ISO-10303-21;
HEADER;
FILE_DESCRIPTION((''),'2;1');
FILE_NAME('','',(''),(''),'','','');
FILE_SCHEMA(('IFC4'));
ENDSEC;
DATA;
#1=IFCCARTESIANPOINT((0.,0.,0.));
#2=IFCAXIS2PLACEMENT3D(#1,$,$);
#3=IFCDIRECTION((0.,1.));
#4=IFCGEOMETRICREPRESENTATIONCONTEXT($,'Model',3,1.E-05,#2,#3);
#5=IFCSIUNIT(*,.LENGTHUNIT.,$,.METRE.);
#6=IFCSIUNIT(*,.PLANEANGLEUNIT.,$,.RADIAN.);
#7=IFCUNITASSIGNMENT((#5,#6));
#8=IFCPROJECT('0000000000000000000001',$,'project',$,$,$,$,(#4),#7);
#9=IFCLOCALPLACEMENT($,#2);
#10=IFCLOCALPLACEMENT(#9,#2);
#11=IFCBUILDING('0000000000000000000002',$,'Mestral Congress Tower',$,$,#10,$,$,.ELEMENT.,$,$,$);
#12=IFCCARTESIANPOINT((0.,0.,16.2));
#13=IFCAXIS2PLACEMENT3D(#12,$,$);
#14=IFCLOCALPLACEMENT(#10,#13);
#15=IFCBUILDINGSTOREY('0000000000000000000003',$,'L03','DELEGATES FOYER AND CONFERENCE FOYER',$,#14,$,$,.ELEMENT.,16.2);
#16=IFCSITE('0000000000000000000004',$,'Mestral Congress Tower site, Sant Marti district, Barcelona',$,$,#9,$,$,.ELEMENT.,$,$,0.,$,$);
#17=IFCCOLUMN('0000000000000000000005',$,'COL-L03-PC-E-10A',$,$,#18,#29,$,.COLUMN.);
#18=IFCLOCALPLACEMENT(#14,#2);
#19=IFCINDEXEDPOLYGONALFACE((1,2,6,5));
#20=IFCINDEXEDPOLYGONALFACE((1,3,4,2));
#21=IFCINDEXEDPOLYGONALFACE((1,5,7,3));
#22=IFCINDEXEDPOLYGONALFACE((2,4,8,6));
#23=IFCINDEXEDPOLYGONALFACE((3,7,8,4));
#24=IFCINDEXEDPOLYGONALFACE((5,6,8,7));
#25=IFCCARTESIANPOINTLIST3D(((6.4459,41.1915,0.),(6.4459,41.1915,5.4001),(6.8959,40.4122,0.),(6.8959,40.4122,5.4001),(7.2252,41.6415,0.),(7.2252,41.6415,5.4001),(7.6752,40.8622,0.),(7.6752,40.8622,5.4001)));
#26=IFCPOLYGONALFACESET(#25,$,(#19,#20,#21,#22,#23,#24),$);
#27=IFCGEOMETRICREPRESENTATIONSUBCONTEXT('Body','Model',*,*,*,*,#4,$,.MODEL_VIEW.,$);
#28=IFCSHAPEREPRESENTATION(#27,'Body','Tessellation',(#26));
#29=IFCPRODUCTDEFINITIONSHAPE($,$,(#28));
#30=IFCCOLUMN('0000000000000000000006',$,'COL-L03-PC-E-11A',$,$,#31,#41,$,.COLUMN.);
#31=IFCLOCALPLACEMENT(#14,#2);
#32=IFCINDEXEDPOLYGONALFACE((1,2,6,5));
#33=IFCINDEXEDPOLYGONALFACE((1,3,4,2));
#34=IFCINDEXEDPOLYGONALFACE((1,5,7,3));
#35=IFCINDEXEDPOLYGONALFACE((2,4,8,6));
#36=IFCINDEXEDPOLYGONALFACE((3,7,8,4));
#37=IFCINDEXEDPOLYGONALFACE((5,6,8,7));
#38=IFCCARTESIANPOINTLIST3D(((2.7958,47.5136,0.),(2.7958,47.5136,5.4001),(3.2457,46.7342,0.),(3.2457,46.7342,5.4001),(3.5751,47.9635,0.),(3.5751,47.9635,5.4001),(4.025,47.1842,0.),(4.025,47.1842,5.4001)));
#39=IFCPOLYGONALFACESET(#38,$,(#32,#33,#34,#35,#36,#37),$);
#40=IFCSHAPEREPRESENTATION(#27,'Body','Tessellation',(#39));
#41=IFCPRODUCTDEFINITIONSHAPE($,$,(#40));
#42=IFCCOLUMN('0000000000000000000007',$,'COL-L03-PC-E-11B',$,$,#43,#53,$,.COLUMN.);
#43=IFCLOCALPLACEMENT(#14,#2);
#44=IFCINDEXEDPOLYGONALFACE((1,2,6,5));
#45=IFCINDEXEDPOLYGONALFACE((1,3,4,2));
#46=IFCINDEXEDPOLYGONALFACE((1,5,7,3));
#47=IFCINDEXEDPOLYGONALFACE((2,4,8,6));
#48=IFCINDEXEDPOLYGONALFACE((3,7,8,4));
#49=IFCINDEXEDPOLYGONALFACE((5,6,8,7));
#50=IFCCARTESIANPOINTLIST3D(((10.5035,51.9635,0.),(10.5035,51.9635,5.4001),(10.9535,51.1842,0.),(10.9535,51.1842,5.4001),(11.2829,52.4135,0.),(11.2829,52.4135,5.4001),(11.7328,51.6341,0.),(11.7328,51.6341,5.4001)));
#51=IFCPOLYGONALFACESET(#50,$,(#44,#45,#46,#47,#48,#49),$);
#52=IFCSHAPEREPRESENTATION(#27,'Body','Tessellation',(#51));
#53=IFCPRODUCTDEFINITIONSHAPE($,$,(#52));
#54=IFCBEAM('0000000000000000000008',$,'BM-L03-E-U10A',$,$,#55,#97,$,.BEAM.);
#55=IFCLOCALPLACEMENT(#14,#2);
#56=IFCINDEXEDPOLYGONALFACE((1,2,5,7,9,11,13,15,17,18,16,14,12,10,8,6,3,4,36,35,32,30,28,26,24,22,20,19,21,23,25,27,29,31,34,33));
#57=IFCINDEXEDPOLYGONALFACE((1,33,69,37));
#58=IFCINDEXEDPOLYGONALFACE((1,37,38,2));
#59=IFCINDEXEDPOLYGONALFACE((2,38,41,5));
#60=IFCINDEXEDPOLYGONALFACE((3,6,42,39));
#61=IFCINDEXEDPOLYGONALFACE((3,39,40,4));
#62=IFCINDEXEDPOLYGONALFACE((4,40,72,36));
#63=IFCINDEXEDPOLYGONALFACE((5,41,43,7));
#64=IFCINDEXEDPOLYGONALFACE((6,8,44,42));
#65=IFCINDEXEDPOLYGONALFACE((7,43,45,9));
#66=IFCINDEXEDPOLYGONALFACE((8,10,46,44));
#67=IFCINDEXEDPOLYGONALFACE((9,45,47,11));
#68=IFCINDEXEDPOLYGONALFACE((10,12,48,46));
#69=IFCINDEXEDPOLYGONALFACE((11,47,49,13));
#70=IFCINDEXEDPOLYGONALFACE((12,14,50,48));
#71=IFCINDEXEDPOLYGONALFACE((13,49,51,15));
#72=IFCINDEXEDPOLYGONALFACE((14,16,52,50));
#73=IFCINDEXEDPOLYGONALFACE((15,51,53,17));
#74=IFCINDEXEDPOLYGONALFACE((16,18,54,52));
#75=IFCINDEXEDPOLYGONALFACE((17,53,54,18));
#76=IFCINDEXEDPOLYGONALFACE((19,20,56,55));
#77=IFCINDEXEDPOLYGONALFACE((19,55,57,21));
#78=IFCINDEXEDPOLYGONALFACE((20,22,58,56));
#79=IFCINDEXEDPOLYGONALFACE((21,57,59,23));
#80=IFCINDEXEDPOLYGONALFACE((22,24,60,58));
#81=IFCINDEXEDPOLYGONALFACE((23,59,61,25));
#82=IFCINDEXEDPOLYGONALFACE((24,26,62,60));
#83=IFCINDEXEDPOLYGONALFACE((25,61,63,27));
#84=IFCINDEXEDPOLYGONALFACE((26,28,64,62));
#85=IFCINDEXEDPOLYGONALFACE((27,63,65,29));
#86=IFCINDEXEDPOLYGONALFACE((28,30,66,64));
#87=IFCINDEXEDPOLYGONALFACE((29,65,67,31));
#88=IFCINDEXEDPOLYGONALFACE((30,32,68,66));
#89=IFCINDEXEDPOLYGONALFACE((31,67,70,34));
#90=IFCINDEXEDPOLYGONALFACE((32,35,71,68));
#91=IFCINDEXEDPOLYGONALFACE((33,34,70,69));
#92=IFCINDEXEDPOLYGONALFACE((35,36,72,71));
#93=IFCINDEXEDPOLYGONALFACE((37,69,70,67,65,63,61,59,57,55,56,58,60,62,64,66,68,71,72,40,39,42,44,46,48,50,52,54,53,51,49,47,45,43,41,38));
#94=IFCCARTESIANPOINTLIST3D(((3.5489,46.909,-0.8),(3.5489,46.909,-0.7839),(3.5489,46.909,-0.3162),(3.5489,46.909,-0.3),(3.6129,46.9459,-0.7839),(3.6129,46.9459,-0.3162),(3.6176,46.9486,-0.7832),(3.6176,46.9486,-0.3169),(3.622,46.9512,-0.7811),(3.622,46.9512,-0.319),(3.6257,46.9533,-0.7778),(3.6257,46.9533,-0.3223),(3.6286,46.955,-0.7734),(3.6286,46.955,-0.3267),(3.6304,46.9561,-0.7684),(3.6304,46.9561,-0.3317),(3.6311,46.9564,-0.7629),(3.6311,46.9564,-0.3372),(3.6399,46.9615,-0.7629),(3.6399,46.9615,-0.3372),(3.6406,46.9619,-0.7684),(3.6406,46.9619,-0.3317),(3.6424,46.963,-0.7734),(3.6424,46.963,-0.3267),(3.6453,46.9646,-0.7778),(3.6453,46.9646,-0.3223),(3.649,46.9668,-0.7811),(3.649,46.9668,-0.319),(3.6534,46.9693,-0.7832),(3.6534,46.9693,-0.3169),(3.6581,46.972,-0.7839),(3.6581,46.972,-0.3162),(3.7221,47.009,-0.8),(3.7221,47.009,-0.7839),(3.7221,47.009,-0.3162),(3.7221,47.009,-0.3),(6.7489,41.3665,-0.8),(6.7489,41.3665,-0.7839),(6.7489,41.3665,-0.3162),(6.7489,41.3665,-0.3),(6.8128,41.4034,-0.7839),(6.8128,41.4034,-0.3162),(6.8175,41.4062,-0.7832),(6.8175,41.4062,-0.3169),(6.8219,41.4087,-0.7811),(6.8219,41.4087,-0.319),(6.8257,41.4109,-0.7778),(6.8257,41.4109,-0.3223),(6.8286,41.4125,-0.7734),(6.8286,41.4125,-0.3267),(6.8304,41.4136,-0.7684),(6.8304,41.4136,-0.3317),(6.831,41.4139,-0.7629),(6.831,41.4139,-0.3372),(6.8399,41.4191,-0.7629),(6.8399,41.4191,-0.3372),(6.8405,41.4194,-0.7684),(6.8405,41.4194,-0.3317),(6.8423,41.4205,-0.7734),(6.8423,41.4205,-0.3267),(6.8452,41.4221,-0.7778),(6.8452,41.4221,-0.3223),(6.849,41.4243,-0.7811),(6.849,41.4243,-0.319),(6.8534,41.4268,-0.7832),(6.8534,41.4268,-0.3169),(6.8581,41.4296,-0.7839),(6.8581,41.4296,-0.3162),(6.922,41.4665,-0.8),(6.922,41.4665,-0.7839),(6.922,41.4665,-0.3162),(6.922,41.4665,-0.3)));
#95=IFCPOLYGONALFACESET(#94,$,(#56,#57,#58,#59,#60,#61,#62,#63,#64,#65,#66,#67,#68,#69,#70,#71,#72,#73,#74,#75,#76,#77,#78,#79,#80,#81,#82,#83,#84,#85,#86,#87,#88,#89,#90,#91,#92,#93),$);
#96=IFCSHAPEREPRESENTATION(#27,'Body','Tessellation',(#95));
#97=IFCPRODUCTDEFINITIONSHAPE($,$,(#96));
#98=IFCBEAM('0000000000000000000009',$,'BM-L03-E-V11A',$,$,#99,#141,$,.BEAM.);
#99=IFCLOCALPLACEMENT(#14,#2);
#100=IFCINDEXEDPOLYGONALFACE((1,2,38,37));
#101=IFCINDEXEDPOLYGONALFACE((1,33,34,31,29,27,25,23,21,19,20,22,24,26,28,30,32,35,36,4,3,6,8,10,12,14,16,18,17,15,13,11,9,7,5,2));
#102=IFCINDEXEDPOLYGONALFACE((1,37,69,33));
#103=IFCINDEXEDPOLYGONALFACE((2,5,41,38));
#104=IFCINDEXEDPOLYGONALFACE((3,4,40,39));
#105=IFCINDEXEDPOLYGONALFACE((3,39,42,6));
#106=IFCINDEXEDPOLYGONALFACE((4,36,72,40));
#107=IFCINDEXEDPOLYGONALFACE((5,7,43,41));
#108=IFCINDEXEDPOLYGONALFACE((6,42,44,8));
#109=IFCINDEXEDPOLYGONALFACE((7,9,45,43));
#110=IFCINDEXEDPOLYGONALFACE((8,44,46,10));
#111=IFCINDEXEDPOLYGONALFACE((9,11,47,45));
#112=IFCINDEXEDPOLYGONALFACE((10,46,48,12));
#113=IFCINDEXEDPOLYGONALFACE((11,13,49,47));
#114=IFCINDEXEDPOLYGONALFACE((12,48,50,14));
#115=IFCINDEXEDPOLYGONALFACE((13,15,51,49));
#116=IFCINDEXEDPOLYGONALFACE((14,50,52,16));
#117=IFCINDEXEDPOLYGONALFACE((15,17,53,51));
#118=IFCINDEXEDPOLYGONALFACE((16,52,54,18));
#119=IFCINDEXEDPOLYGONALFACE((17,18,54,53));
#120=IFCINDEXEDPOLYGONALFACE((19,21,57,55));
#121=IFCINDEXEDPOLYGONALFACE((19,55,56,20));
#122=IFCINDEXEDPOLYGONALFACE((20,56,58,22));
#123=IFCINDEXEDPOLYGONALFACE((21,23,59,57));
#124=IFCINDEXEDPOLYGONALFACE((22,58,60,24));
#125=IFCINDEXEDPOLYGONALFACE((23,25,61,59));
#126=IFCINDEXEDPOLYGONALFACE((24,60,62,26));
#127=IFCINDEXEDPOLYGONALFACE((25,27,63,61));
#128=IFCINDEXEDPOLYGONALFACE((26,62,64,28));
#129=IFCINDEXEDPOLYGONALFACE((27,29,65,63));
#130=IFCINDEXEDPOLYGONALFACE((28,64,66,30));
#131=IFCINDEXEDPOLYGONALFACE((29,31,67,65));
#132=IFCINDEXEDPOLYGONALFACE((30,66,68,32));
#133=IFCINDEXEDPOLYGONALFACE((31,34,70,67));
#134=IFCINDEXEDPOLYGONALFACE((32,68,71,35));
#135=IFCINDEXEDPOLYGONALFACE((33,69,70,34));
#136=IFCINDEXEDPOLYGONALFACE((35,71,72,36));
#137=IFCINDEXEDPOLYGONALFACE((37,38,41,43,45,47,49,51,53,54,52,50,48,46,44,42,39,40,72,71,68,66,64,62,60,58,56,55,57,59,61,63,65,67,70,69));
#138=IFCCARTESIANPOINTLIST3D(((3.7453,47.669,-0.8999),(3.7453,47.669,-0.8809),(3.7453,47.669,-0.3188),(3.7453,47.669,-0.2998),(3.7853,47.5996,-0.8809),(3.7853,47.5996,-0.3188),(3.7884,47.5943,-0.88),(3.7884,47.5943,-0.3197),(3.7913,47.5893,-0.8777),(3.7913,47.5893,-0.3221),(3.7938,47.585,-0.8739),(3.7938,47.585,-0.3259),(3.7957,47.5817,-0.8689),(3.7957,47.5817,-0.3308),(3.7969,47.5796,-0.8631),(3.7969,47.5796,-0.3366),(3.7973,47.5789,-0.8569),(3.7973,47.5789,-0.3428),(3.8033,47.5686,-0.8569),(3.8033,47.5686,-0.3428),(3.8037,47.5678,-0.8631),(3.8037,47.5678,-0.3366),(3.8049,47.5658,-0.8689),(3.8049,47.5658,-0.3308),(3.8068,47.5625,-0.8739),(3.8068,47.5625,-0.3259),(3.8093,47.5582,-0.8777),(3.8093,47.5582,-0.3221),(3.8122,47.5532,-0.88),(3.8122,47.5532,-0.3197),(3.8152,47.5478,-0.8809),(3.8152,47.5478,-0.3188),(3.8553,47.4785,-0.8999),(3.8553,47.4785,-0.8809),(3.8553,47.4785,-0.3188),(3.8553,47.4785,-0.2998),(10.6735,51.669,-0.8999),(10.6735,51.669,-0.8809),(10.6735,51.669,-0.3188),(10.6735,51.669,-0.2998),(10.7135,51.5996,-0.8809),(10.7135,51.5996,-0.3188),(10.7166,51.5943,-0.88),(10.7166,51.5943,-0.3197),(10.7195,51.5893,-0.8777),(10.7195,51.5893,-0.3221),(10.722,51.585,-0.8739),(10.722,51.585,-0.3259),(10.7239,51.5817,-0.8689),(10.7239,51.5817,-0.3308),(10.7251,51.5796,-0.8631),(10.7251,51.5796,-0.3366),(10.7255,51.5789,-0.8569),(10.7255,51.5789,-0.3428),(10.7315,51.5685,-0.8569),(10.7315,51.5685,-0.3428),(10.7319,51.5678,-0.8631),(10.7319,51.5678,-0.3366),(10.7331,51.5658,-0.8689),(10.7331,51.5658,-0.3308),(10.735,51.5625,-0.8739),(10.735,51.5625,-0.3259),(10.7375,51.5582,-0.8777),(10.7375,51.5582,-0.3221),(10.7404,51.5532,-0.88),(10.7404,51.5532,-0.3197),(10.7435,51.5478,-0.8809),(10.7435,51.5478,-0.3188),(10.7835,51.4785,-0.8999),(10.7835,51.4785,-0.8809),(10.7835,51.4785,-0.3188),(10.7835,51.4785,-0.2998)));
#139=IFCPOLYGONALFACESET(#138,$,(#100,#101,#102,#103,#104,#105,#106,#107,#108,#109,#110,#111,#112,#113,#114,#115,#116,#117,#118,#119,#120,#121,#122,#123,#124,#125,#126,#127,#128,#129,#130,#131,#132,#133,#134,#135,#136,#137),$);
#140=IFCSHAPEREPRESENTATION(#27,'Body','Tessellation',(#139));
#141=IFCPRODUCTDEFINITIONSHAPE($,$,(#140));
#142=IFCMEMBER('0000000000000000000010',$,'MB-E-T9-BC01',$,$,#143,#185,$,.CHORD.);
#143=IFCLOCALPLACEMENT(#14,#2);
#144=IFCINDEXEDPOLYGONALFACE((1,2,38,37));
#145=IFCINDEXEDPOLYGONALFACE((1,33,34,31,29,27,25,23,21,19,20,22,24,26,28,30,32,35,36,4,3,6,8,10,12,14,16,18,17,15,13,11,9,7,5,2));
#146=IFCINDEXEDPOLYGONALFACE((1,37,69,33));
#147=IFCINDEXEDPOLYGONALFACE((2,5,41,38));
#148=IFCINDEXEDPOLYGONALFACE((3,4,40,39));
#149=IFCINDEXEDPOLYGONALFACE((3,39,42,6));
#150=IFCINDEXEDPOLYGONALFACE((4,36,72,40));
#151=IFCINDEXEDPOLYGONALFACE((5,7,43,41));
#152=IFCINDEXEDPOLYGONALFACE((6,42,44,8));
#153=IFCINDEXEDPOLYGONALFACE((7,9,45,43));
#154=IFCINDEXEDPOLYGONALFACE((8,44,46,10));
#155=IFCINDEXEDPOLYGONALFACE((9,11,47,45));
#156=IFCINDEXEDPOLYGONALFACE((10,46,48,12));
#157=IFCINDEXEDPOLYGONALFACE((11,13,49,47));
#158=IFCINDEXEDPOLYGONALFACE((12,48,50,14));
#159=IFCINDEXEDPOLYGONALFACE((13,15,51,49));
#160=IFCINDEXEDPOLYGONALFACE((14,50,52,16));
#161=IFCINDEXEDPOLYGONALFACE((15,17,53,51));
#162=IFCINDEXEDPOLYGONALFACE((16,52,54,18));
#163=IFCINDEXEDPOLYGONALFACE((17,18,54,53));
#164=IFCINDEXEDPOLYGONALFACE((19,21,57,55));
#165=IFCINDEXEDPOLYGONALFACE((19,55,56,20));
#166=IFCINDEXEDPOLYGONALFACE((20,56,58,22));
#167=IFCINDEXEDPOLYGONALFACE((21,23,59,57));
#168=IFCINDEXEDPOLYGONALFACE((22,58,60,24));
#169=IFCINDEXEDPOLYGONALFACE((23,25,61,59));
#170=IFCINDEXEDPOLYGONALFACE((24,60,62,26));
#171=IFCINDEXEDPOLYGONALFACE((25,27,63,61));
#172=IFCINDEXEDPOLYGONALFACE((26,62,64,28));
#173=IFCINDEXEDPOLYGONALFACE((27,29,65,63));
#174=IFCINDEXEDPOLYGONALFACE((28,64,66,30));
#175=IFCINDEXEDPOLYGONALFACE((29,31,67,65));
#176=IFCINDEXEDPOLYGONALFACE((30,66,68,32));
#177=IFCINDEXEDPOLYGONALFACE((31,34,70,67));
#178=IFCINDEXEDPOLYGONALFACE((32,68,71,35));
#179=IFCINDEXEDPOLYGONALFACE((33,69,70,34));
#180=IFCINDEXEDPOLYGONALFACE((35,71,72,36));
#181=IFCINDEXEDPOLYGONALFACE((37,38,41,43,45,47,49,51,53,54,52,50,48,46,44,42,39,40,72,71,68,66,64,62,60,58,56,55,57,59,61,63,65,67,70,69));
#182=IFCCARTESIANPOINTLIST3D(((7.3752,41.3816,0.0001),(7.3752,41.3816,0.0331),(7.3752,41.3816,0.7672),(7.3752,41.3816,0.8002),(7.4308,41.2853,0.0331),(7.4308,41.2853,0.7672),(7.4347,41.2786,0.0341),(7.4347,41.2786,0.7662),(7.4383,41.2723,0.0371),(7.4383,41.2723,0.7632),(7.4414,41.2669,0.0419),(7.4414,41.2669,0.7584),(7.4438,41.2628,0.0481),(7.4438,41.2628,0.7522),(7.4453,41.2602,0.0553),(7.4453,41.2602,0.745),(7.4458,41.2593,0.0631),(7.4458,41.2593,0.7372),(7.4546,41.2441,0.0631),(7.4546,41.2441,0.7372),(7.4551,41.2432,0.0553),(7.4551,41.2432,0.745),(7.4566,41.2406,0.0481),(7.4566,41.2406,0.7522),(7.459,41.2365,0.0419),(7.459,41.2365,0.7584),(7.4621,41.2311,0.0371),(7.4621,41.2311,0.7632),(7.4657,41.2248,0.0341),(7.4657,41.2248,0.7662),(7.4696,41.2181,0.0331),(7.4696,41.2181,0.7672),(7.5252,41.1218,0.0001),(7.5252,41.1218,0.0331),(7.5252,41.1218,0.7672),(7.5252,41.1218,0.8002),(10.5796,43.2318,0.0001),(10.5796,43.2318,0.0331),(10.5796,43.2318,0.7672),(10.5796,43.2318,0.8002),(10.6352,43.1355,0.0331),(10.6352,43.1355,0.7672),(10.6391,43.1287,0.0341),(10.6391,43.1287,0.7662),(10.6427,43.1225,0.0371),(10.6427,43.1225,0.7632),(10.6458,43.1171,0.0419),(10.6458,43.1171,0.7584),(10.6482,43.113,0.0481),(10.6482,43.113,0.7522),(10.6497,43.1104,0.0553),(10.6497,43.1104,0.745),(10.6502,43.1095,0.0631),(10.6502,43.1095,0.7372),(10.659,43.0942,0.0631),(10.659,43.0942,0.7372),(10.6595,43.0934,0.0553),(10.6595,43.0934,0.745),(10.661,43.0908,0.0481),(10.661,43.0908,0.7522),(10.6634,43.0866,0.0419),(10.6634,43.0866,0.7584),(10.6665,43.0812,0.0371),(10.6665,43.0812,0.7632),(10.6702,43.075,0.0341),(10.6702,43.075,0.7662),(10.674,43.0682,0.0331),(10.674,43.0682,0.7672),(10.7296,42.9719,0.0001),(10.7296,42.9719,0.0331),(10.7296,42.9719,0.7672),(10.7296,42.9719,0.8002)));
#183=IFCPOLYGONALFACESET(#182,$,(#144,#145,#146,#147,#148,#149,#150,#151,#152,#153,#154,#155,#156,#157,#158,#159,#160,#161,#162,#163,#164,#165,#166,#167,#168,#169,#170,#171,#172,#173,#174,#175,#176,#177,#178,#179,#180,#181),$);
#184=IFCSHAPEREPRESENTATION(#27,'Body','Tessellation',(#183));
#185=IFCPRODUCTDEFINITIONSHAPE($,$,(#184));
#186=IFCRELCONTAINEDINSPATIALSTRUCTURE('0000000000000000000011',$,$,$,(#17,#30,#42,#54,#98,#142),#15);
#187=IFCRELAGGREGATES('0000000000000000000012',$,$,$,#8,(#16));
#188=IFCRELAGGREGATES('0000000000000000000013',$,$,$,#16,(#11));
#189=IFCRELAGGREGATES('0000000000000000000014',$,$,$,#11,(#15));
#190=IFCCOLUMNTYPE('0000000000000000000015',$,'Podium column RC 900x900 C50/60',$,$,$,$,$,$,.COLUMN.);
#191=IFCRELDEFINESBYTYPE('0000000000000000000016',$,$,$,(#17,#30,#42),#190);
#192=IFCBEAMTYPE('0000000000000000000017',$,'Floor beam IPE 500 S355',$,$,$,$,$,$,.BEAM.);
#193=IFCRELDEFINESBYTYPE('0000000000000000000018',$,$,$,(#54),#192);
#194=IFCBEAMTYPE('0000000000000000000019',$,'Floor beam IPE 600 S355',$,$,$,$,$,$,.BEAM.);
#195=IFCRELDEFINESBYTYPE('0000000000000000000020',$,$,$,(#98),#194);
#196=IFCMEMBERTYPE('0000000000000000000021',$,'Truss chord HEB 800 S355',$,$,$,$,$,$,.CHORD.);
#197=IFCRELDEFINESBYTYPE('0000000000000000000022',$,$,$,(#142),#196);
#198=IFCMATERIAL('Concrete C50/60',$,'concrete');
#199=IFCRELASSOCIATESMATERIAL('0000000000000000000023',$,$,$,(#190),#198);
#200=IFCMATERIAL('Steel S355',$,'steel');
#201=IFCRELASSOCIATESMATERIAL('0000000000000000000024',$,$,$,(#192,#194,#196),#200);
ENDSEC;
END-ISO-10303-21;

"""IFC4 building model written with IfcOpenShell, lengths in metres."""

from ifc_helpers import new_model, si_unit, direction, frame, origin, origin_2d, place, context, subcontext, project, spatial, rectangle, i_section, extrude, material, material_profile, profile_set, type_object, element, save


model = new_model("IFC4")

# Units and contexts
model_context = context("Model", 3, precision=1e-05, world=origin(), true_north=direction((0.0, 1.0)))
body_context = subcontext(model_context, "Body", "Model", "MODEL_VIEW")
ifc_project = project(units=[si_unit("LENGTHUNIT", "METRE"), si_unit("PLANEANGLEUNIT", "RADIAN")], contexts=[model_context])

# Site, building, storey
site_placement = place(None, origin())
site = spatial("IfcSite", under=ifc_project, at=site_placement, Name="Mestral Congress Tower site, Sant Marti district, Barcelona", CompositionType="ELEMENT", RefElevation=0.0)
building_placement = place(site_placement, origin())
building = spatial("IfcBuilding", under=site, at=building_placement, Name="Mestral Congress Tower", CompositionType="ELEMENT")
storey_placement = place(building_placement, frame((0.0, 0.0, 16.2)))
storey = spatial("IfcBuildingStorey", under=building, at=storey_placement, Name="L03", Description="DELEGATES FOYER AND CONFERENCE FOYER", CompositionType="ELEMENT", Elevation=16.2)

# Columns
ifc_material_1 = material(Name="Concrete C50/60", Category="concrete")
ifc_material_profile_1 = material_profile(ifc_material_1, rectangle(XDim=0.8999, YDim=0.8999, at=origin_2d()), Name="RC 900x900")
ifc_profile_set_1 = profile_set([ifc_material_profile_1], Name="Concrete C50/60")
column_type = type_object("IfcColumnType", Name="Podium column RC 900x900 C50/60", PredefinedType="COLUMN", material=ifc_profile_set_1)
for number, where, z_axis, x_axis, name in (
    (1, (7.0605, 41.0269, 0.0), (0.0, 0.0, 1.0), (-0.5, 0.866025, 0.0), "COL-L03-PC-E-10A"),
    (2, (3.4104, 47.3489, 0.0), (0.0, 0.0, 1.0), (-0.5, 0.866025, 0.0), "COL-L03-PC-E-11A"),
    (3, (11.1182, 51.7988, 0.0), (0.0, 0.0, 1.0), (-0.5, 0.866025, 0.0), "COL-L03-PC-E-11B"),
):
    element("IfcColumn", number, at=place(storey_placement, frame(where, z_axis=z_axis, x_axis=x_axis)), inside=storey, type_object=column_type, Name=name, PredefinedType="COLUMN", context=body_context, shape_type="SweptSolid", body=[
        extrude(rectangle(XDim=0.8999, YDim=0.8999, at=origin_2d()), origin(), (0.0, 0.0, 1.0), 5.4001),
    ])

# Beams
ifc_material_2 = material(Name="Steel S355", Category="steel")
ifc_material_profile_2 = material_profile(ifc_material_2, i_section(OverallWidth=0.2, OverallDepth=0.5, WebThickness=0.0103, FlangeThickness=0.0161, FilletRadius=0.021, at=origin_2d()), Name="IPE 500")
ifc_profile_set_2 = profile_set([ifc_material_profile_2], Name="Steel S355")
beam_type_1 = type_object("IfcBeamType", Name="Floor beam IPE 500 S355", PredefinedType="BEAM", material=ifc_profile_set_2)
beam_1_placement = place(storey_placement, frame((6.8354, 41.4165, -0.55), z_axis=(-0.5, 0.866025, 0.0), x_axis=(-0.866025, -0.5, 0.0)))
element("IfcBeam", 4, at=beam_1_placement, inside=storey, type_object=beam_type_1, Name="BM-L03-E-U10A", PredefinedType="BEAM", context=body_context, shape_type="SweptSolid", body=[
    extrude(i_section(OverallWidth=0.2, OverallDepth=0.5, WebThickness=0.0103, FlangeThickness=0.0161, FilletRadius=0.021, at=origin_2d()), origin(), (0.0, 0.0, 1.0), 6.3999),
])
ifc_material_profile_3 = material_profile(ifc_material_2, i_section(OverallWidth=0.22, OverallDepth=0.6001, WebThickness=0.012, FlangeThickness=0.019, FilletRadius=0.0239, at=origin_2d()), Name="IPE 600")
ifc_profile_set_3 = profile_set([ifc_material_profile_3], Name="Steel S355")
beam_type_2 = type_object("IfcBeamType", Name="Floor beam IPE 600 S355", PredefinedType="BEAM", material=ifc_profile_set_3)
beam_2_placement = place(storey_placement, frame((3.8003, 47.5737, -0.5999), z_axis=(0.866026, 0.499999, 0.0), x_axis=(-0.499999, 0.866026, 0.0)))
element("IfcBeam", 5, at=beam_2_placement, inside=storey, type_object=beam_type_2, Name="BM-L03-E-V11A", PredefinedType="BEAM", context=body_context, shape_type="SweptSolid", body=[
    extrude(i_section(OverallWidth=0.22, OverallDepth=0.6001, WebThickness=0.012, FlangeThickness=0.019, FilletRadius=0.0239, at=origin_2d()), origin(), (0.0, 0.0, 1.0), 8.0),
])

# Member
ifc_material_profile_4 = material_profile(ifc_material_2, i_section(OverallWidth=0.3, OverallDepth=0.8, WebThickness=0.0176, FlangeThickness=0.033, FilletRadius=0.03, at=origin_2d()), Name="HEB 800")
ifc_profile_set_4 = profile_set([ifc_material_profile_4], Name="Steel S355")
member_type_1 = type_object("IfcMemberType", Name="Truss chord HEB 800 S355", PredefinedType="CHORD", material=ifc_profile_set_4)
for number, where, z_axis, x_axis, name in (
    (6, (7.4502, 41.2517, 0.4001), (0.866017, 0.500014, 0.0), (-0.500014, 0.866017, 0.0), "MB-E-T9-BC01"),
):
    element("IfcMember", number, at=place(storey_placement, frame(where, z_axis=z_axis, x_axis=x_axis)), inside=storey, type_object=member_type_1, Name=name, PredefinedType="CHORD", context=body_context, shape_type="SweptSolid", body=[
        extrude(i_section(OverallWidth=0.3, OverallDepth=0.8, WebThickness=0.0176, FlangeThickness=0.033, FilletRadius=0.03, at=origin_2d()), origin(), (0.0, 0.0, 1.0), 3.7002),
    ])

save(model, "model.ifc")
